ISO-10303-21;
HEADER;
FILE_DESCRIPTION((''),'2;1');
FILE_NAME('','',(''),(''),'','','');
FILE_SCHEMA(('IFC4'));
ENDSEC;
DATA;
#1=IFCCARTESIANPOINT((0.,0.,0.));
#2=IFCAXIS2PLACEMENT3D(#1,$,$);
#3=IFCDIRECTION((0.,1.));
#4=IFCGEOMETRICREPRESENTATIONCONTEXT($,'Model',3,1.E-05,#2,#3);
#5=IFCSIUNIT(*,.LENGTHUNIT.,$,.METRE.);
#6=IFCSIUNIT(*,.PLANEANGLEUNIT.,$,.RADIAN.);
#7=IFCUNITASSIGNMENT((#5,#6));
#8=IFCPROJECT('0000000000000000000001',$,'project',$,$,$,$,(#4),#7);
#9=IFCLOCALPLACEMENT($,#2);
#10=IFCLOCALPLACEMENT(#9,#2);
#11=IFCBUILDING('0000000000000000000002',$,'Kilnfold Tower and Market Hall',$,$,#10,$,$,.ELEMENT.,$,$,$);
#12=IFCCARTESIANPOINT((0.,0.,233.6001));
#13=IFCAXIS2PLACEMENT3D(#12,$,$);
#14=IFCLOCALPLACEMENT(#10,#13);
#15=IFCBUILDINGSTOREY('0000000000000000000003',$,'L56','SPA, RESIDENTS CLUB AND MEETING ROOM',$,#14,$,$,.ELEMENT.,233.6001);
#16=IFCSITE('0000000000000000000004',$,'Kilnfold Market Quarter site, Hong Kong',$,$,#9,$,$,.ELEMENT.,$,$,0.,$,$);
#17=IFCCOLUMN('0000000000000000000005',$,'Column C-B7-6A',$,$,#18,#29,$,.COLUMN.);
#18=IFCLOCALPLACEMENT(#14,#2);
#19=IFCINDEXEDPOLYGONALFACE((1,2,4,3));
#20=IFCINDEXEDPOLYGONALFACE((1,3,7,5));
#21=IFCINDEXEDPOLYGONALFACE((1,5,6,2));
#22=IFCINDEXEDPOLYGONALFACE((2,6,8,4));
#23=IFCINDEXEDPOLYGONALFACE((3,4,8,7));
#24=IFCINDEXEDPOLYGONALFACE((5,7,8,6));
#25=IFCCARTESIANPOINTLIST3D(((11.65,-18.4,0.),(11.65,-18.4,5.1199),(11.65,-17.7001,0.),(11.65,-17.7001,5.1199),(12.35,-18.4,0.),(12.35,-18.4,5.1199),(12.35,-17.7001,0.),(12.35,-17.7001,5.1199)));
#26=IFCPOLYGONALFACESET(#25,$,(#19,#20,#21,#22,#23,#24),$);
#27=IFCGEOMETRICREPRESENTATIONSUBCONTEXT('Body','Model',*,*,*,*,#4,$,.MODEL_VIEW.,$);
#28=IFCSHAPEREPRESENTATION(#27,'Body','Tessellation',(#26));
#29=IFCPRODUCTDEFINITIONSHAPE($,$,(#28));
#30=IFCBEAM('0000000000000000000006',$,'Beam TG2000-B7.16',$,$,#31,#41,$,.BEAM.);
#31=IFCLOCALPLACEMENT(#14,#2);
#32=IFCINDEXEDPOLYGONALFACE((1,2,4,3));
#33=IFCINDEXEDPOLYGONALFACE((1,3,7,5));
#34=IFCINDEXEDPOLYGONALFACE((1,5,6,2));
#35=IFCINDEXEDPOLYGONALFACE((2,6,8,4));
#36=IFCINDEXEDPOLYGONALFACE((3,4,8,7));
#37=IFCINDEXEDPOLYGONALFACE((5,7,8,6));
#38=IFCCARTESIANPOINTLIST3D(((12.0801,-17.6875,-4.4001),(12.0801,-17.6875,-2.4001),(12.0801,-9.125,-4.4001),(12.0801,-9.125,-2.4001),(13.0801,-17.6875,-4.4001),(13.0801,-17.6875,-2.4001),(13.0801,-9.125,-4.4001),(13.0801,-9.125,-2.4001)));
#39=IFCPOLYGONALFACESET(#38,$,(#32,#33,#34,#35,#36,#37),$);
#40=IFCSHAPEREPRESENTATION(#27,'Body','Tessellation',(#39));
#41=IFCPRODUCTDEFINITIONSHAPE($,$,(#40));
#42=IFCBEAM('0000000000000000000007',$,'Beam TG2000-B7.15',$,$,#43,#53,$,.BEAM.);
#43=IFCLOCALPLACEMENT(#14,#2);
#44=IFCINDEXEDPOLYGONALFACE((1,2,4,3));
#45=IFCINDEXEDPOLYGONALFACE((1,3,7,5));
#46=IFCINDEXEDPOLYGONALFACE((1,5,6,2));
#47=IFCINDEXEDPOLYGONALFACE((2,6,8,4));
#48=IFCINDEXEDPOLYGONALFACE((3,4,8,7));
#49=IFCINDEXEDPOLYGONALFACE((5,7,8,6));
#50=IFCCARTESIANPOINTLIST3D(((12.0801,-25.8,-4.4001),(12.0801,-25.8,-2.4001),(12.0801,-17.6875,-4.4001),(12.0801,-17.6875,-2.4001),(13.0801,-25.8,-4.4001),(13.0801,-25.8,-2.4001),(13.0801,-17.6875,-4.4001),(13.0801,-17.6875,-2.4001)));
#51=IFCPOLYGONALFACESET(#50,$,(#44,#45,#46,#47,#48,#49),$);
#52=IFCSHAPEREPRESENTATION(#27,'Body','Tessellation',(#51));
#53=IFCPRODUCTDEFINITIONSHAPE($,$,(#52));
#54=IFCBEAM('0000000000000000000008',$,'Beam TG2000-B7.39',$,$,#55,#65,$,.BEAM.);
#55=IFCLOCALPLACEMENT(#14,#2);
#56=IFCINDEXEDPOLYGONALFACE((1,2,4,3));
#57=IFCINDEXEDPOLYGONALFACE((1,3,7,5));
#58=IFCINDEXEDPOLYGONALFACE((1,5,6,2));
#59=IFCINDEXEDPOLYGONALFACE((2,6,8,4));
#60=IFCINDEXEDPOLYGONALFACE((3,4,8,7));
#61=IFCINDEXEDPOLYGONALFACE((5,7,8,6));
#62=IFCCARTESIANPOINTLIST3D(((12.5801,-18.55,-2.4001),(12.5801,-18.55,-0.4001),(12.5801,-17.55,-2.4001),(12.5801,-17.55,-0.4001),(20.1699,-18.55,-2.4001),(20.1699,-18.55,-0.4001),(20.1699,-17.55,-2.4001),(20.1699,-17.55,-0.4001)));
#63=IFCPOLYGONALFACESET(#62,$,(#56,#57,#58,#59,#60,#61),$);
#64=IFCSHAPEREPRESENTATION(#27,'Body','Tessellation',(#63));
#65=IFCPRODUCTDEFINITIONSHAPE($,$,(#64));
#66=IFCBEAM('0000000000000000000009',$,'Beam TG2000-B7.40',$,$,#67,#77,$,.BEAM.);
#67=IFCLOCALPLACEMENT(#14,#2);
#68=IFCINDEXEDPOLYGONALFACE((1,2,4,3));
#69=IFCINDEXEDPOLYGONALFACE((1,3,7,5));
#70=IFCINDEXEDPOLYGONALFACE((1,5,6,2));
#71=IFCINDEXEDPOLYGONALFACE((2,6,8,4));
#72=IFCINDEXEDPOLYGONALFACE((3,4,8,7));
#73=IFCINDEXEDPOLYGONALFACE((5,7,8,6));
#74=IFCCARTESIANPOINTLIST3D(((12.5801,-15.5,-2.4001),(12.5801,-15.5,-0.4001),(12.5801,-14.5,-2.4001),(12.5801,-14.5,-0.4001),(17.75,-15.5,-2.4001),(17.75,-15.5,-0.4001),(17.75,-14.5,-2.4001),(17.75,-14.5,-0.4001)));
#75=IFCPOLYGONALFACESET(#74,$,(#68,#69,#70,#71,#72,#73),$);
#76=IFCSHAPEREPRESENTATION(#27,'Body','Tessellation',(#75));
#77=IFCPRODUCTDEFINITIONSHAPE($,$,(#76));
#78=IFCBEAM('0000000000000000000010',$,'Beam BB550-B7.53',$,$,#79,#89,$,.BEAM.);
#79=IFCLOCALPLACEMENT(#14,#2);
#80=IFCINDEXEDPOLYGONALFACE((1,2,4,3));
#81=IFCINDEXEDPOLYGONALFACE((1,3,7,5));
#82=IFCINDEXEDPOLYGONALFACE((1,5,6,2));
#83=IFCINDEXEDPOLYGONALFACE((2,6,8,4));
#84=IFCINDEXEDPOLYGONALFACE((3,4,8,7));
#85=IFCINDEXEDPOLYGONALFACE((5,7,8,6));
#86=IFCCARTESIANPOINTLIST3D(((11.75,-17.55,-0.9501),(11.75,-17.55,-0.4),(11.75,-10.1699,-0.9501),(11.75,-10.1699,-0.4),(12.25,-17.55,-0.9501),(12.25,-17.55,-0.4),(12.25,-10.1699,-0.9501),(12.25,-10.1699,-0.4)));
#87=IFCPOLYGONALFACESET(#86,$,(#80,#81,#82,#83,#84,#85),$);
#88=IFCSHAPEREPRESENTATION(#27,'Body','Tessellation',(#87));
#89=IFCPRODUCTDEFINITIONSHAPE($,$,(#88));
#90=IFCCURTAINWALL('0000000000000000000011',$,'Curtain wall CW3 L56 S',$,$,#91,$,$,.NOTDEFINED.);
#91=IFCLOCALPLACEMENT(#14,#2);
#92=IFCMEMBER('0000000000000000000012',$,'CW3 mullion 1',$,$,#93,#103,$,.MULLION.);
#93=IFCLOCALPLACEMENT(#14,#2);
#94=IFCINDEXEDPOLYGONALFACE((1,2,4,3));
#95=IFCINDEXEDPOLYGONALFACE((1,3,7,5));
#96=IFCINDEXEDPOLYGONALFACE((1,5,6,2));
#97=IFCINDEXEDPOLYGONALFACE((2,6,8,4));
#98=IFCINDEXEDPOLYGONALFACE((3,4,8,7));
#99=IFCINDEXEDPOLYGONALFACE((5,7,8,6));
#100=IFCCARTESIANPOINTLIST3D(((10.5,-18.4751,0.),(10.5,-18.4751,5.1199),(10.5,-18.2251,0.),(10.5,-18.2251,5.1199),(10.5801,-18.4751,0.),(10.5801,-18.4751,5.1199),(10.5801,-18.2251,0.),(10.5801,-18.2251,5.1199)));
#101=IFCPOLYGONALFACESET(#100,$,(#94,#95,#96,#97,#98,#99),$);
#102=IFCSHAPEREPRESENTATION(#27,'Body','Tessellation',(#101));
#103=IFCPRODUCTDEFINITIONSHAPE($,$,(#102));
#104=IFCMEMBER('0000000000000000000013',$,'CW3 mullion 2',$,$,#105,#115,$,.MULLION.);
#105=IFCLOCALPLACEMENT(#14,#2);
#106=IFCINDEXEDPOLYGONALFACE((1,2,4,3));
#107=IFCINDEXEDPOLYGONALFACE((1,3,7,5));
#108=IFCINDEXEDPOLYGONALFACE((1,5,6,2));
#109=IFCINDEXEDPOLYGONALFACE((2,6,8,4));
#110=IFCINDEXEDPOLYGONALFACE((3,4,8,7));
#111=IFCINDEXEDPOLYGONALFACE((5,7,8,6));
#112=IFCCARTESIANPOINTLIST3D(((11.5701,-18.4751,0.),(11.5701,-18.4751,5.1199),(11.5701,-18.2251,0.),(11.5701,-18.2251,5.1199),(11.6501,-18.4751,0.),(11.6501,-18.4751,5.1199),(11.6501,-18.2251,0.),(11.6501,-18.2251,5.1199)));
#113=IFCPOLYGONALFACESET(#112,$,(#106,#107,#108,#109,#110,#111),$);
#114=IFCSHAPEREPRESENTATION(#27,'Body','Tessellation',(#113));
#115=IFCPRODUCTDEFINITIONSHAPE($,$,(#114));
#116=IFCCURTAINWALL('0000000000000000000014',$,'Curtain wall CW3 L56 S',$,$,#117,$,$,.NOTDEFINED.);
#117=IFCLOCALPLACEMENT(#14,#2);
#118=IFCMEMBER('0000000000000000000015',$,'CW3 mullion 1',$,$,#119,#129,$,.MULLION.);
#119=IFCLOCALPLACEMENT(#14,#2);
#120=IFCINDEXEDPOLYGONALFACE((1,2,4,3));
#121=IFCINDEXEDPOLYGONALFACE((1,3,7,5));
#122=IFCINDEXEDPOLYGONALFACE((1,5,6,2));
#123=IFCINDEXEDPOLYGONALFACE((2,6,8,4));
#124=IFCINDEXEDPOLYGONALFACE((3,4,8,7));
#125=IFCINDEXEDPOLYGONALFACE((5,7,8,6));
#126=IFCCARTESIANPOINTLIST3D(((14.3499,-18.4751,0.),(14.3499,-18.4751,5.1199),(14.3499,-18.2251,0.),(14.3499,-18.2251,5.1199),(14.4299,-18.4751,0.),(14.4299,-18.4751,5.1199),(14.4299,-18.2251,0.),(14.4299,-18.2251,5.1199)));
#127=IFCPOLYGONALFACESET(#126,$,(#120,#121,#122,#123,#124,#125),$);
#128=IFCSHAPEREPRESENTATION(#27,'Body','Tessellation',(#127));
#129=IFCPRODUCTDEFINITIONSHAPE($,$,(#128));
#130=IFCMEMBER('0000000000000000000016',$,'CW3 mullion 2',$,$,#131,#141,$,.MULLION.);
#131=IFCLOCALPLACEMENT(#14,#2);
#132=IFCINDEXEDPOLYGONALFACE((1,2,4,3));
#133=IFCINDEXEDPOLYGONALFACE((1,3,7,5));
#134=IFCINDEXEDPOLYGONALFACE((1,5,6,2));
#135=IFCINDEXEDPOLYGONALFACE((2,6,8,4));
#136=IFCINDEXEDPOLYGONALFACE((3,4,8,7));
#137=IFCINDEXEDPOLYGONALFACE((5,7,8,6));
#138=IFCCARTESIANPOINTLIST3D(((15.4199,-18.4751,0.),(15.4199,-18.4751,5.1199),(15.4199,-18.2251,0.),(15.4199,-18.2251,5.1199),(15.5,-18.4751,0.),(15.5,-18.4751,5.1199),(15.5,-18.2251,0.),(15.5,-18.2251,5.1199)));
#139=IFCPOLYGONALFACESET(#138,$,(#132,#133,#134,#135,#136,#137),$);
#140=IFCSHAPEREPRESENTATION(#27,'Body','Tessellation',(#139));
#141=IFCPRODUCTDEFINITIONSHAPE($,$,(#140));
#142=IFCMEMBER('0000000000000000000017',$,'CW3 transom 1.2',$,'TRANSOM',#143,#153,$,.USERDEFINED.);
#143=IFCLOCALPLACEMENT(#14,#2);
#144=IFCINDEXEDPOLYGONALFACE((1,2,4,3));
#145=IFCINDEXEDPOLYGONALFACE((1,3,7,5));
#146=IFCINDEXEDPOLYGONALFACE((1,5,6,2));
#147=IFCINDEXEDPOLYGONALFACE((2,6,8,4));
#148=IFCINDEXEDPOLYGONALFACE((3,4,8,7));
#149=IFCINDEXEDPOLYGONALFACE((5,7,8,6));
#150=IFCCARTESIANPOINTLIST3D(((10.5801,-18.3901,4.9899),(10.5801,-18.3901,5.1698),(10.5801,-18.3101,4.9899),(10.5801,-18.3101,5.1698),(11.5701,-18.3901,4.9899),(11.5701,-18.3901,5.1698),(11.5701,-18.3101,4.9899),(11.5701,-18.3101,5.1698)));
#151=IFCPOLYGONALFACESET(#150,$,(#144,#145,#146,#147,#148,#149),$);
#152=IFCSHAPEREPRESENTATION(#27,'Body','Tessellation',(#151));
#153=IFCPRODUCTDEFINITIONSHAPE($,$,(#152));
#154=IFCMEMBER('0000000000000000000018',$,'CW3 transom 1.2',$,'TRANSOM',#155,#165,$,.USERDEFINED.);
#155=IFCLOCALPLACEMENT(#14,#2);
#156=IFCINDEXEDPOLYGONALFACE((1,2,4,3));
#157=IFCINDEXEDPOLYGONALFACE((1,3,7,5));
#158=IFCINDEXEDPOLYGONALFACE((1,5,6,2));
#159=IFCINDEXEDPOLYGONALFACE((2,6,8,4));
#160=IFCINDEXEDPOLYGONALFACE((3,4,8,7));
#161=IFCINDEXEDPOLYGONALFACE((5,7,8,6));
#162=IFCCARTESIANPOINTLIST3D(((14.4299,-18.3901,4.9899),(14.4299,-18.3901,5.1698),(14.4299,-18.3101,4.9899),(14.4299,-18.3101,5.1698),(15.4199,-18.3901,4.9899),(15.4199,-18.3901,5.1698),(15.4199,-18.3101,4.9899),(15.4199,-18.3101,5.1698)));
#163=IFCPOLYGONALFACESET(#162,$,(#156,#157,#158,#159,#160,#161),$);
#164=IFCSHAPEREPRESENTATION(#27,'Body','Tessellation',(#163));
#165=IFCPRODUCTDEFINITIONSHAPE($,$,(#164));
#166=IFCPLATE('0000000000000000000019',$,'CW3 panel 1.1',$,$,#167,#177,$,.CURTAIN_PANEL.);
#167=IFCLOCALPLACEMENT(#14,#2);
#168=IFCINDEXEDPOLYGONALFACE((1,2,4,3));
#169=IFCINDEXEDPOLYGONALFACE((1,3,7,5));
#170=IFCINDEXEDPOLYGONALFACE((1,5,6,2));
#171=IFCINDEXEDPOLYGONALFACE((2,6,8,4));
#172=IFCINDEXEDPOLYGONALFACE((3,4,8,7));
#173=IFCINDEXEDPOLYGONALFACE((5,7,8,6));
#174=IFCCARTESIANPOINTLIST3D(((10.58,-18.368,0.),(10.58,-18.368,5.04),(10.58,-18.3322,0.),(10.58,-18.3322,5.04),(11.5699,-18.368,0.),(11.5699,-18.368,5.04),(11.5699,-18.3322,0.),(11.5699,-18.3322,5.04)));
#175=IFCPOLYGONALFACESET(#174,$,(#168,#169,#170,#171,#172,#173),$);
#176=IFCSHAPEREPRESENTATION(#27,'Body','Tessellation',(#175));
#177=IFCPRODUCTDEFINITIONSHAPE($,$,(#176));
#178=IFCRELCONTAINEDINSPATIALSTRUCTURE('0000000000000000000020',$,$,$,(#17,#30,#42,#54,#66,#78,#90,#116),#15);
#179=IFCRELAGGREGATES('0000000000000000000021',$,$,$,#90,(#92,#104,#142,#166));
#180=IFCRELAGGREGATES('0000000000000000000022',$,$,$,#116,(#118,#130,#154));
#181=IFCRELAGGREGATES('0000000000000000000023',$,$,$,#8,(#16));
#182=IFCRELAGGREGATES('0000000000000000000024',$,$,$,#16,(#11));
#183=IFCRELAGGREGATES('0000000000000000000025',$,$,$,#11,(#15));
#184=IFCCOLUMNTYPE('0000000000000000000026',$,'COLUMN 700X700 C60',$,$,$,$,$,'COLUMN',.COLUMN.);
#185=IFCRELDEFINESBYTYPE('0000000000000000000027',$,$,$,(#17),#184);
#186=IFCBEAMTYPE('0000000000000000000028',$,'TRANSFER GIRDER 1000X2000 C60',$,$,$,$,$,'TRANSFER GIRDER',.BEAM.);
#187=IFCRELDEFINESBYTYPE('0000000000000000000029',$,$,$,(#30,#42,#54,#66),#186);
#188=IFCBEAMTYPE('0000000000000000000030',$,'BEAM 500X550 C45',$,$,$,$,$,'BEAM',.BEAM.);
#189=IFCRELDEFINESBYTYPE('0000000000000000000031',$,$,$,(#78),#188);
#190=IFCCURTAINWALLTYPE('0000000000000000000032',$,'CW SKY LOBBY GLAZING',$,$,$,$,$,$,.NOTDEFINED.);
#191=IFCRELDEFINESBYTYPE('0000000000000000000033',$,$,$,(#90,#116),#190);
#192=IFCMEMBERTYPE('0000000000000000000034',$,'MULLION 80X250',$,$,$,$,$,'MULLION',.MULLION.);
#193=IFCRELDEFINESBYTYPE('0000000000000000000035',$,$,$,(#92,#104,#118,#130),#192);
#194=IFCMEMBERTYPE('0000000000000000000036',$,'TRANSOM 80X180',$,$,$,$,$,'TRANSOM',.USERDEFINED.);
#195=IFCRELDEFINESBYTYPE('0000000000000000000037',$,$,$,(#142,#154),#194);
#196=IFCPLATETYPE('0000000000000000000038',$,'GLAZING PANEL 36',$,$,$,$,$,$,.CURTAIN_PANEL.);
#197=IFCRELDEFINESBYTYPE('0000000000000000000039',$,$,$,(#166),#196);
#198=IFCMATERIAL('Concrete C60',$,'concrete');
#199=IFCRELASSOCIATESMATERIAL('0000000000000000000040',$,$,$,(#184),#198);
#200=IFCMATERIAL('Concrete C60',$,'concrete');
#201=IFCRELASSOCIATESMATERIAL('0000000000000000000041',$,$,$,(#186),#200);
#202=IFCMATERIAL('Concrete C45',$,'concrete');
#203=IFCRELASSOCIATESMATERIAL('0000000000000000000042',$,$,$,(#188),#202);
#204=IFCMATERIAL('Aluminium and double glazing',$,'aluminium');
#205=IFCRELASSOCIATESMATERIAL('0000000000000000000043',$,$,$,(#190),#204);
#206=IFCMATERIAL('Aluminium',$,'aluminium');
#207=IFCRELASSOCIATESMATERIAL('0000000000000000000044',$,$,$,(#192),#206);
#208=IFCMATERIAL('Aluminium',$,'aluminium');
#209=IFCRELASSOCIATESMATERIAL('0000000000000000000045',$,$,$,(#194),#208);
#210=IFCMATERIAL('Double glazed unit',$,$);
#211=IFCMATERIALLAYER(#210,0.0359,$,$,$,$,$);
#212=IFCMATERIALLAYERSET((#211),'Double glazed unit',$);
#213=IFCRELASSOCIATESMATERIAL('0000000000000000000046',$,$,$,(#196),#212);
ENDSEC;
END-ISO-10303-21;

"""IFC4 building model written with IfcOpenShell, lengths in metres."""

from ifc_helpers import new_model, si_unit, direction, frame, origin, origin_2d, place, context, subcontext, project, spatial, rectangle, extrude, source, transform, mapped, material, layer, layer_set, material_profile, profile_set, type_object, element, aggregate, save


model = new_model("IFC4")

# Units and contexts
model_context = context("Model", 3, precision=1e-05, world=origin(), true_north=direction((0.0, 1.0)))
body_context = subcontext(model_context, "Body", "Model", "MODEL_VIEW")
ifc_project = project(units=[si_unit("LENGTHUNIT", "METRE"), si_unit("PLANEANGLEUNIT", "RADIAN")], contexts=[model_context])

# Site, building, storey
site_placement = place(None, origin())
site = spatial("IfcSite", under=ifc_project, at=site_placement, Name="Kilnfold Market Quarter site, Hong Kong", CompositionType="ELEMENT", RefElevation=0.0)
building_placement = place(site_placement, origin())
building = spatial("IfcBuilding", under=site, at=building_placement, Name="Kilnfold Tower and Market Hall", CompositionType="ELEMENT")
storey_placement = place(building_placement, frame((0.0, 0.0, 233.6001)))
storey = spatial("IfcBuildingStorey", under=building, at=storey_placement, Name="L56", Description="SPA, RESIDENTS CLUB AND MEETING ROOM", CompositionType="ELEMENT", Elevation=233.6001)

# Column
ifc_material_1 = material(Name="Concrete C60", Category="concrete")
ifc_material_profile_1 = material_profile(ifc_material_1, rectangle(XDim=0.7, YDim=0.7, at=origin_2d()), Name="RC 700x700")
ifc_profile_set_1 = profile_set([ifc_material_profile_1], Name="Concrete C60")
column_type = type_object("IfcColumnType", Name="COLUMN 700X700 C60", ElementType="COLUMN", PredefinedType="COLUMN", material=ifc_profile_set_1)
shared_shape_1 = source(origin(), body_context, "Body", "SweptSolid", [
    extrude(rectangle(XDim=0.7, YDim=0.7, at=origin_2d()), origin(), (0.0, 0.0, 1.0), 5.1199),
])
column_placement = place(storey_placement, frame((12.0, -18.05, 0.0), z_axis=(0.0, 0.0, 1.0), x_axis=(1.0, 0.0, 0.0)))
element("IfcColumn", 1, at=column_placement, inside=storey, type_object=column_type, Name="Column C-B7-6A", PredefinedType="COLUMN", context=body_context, shape_type="MappedRepresentation", body=[
    mapped(shared_shape_1, transform((0.0, 0.0, 0.0))),
])

# Beams
ifc_material_2 = material(Name="Concrete C60", Category="concrete")
ifc_material_profile_2 = material_profile(ifc_material_2, rectangle(XDim=1.0, YDim=2.0, at=origin_2d()), Name="RC 1000x2000")
ifc_profile_set_2 = profile_set([ifc_material_profile_2], Name="Concrete C60")
beam_type_1 = type_object("IfcBeamType", Name="TRANSFER GIRDER 1000X2000 C60", ElementType="TRANSFER GIRDER", PredefinedType="BEAM", material=ifc_profile_set_2)
shared_shape_2 = source(origin(), body_context, "Body", "SweptSolid", [
    extrude(rectangle(XDim=1.0, YDim=2.0, at=origin_2d()), origin(), (0.0, 0.0, 1.0), 8.5625),
])
beam_1_placement = place(storey_placement, frame((12.5801, -17.6875, -3.4001), z_axis=(0.0, 1.0, 0.0), x_axis=(-1.0, 0.0, 0.0)))
element("IfcBeam", 2, at=beam_1_placement, inside=storey, type_object=beam_type_1, Name="Beam TG2000-B7.16", PredefinedType="BEAM", context=body_context, shape_type="MappedRepresentation", body=[
    mapped(shared_shape_2, transform((0.0, 0.0, 0.0))),
])
shared_shape_3 = source(origin(), body_context, "Body", "SweptSolid", [
    extrude(rectangle(XDim=1.0, YDim=2.0, at=origin_2d()), origin(), (0.0, 0.0, 1.0), 8.1125),
])
beam_2_placement = place(storey_placement, frame((12.5801, -25.8, -3.4001), z_axis=(0.0, 1.0, 0.0), x_axis=(-1.0, 0.0, 0.0)))
element("IfcBeam", 3, at=beam_2_placement, inside=storey, type_object=beam_type_1, Name="Beam TG2000-B7.15", PredefinedType="BEAM", context=body_context, shape_type="MappedRepresentation", body=[
    mapped(shared_shape_3, transform((0.0, 0.0, 0.0))),
])
shared_shape_4 = source(origin(), body_context, "Body", "SweptSolid", [
    extrude(rectangle(XDim=1.0, YDim=2.0, at=origin_2d()), origin(), (0.0, 0.0, 1.0), 7.5898),
])
beam_3_placement = place(storey_placement, frame((12.5801, -18.05, -1.4001), z_axis=(1.0, 0.0, 0.0), x_axis=(0.0, 1.0, 0.0)))
element("IfcBeam", 4, at=beam_3_placement, inside=storey, type_object=beam_type_1, Name="Beam TG2000-B7.39", PredefinedType="BEAM", context=body_context, shape_type="MappedRepresentation", body=[
    mapped(shared_shape_4, transform((0.0, 0.0, 0.0))),
])
shared_shape_5 = source(origin(), body_context, "Body", "SweptSolid", [
    extrude(rectangle(XDim=1.0, YDim=2.0, at=origin_2d()), origin(), (0.0, 0.0, 1.0), 5.1699),
])
beam_4_placement = place(storey_placement, frame((12.5801, -15.0, -1.4001), z_axis=(1.0, 0.0, 0.0), x_axis=(0.0, 1.0, 0.0)))
element("IfcBeam", 5, at=beam_4_placement, inside=storey, type_object=beam_type_1, Name="Beam TG2000-B7.40", PredefinedType="BEAM", context=body_context, shape_type="MappedRepresentation", body=[
    mapped(shared_shape_5, transform((0.0, 0.0, 0.0))),
])
ifc_material_3 = material(Name="Concrete C45", Category="concrete")
ifc_material_profile_3 = material_profile(ifc_material_3, rectangle(XDim=0.5, YDim=0.55, at=origin_2d()), Name="RC 500x550")
ifc_profile_set_3 = profile_set([ifc_material_profile_3], Name="Concrete C45")
beam_type_2 = type_object("IfcBeamType", Name="BEAM 500X550 C45", ElementType="BEAM", PredefinedType="BEAM", material=ifc_profile_set_3)
shared_shape_6 = source(origin(), body_context, "Body", "SweptSolid", [
    extrude(rectangle(XDim=0.5, YDim=0.55, at=origin_2d()), origin(), (0.0, 0.0, 1.0), 7.3801),
])
beam_5_placement = place(storey_placement, frame((12.0, -17.55, -0.675), z_axis=(0.0, 1.0, 0.0), x_axis=(-1.0, 0.0, 0.0)))
element("IfcBeam", 6, at=beam_5_placement, inside=storey, type_object=beam_type_2, Name="Beam BB550-B7.53", PredefinedType="BEAM", context=body_context, shape_type="MappedRepresentation", body=[
    mapped(shared_shape_6, transform((0.0, 0.0, 0.0))),
])

# Curtain walls, members
ifc_material_4 = material(Name="Aluminium and double glazing", Category="aluminium")
curtain_wall_type = type_object("IfcCurtainWallType", Name="CW SKY LOBBY GLAZING", PredefinedType="NOTDEFINED", material=ifc_material_4)
curtain_wall_1_placement = place(storey_placement, origin())
curtain_wall_1 = element("IfcCurtainWall", 7, at=curtain_wall_1_placement, inside=storey, type_object=curtain_wall_type, Name="Curtain wall CW3 L56 S", PredefinedType="NOTDEFINED")
ifc_material_5 = material(Name="Aluminium", Category="aluminium")
ifc_material_profile_4 = material_profile(ifc_material_5, rectangle(XDim=0.0801, YDim=0.25, at=origin_2d()), Name="MULLION 80x250")
ifc_profile_set_4 = profile_set([ifc_material_profile_4], Name="Aluminium")
member_type_1 = type_object("IfcMemberType", Name="MULLION 80X250", ElementType="MULLION", PredefinedType="MULLION", material=ifc_profile_set_4)
shared_shape_7 = source(origin(), body_context, "Body", "SweptSolid", [
    extrude(rectangle(XDim=0.0801, YDim=0.25, at=origin_2d()), origin(), (0.0, 0.0, 1.0), 5.1199),
])
member_1_placement = place(storey_placement, frame((10.54, -18.3501, 0.0), z_axis=(0.0, 0.0, 1.0), x_axis=(1.0, 0.0, 0.0)))
member_1 = element("IfcMember", 8, at=member_1_placement, type_object=member_type_1, Name="CW3 mullion 1", PredefinedType="MULLION", context=body_context, shape_type="MappedRepresentation", body=[
    mapped(shared_shape_7, transform((0.0, 0.0, 0.0))),
])
member_2_placement = place(storey_placement, frame((11.6101, -18.3501, 0.0), z_axis=(0.0, 0.0, 1.0), x_axis=(1.0, 0.0, 0.0)))
member_2 = element("IfcMember", 9, at=member_2_placement, type_object=member_type_1, Name="CW3 mullion 2", PredefinedType="MULLION", context=body_context, shape_type="MappedRepresentation", body=[
    mapped(shared_shape_7, transform((0.0, 0.0, 0.0))),
])
curtain_wall_2_placement = place(storey_placement, origin())
curtain_wall_2 = element("IfcCurtainWall", 10, at=curtain_wall_2_placement, inside=storey, type_object=curtain_wall_type, Name="Curtain wall CW3 L56 S", PredefinedType="NOTDEFINED")
member_3_placement = place(storey_placement, frame((14.3899, -18.3501, 0.0), z_axis=(0.0, 0.0, 1.0), x_axis=(1.0, 0.0, 0.0)))
member_3 = element("IfcMember", 11, at=member_3_placement, type_object=member_type_1, Name="CW3 mullion 1", PredefinedType="MULLION", context=body_context, shape_type="MappedRepresentation", body=[
    mapped(shared_shape_7, transform((0.0, 0.0, 0.0))),
])
member_4_placement = place(storey_placement, frame((15.46, -18.3501, 0.0), z_axis=(0.0, 0.0, 1.0), x_axis=(1.0, 0.0, 0.0)))
member_4 = element("IfcMember", 12, at=member_4_placement, type_object=member_type_1, Name="CW3 mullion 2", PredefinedType="MULLION", context=body_context, shape_type="MappedRepresentation", body=[
    mapped(shared_shape_7, transform((0.0, 0.0, 0.0))),
])

# Members
ifc_material_6 = material(Name="Aluminium", Category="aluminium")
ifc_material_profile_5 = material_profile(ifc_material_6, rectangle(XDim=0.0801, YDim=0.1799, at=origin_2d()), Name="TRANSOM 80x180")
ifc_profile_set_5 = profile_set([ifc_material_profile_5], Name="Aluminium")
member_type_2 = type_object("IfcMemberType", Name="TRANSOM 80X180", ElementType="TRANSOM", PredefinedType="USERDEFINED", material=ifc_profile_set_5)
shared_shape_8 = source(origin(), body_context, "Body", "SweptSolid", [
    extrude(rectangle(XDim=0.0801, YDim=0.1799, at=origin_2d()), origin(), (0.0, 0.0, 1.0), 0.99),
])
member_5_placement = place(storey_placement, frame((10.5801, -18.3501, 5.0798), z_axis=(1.0, 0.0, 0.0), x_axis=(0.0, 1.0, 0.0)))
member_5 = element("IfcMember", 13, at=member_5_placement, type_object=member_type_2, Name="CW3 transom 1.2", ObjectType="TRANSOM", PredefinedType="USERDEFINED", context=body_context, shape_type="MappedRepresentation", body=[
    mapped(shared_shape_8, transform((0.0, 0.0, 0.0))),
])
member_6_placement = place(storey_placement, frame((14.4299, -18.3501, 5.0798), z_axis=(1.0, 0.0, 0.0), x_axis=(0.0, 1.0, 0.0)))
member_6 = element("IfcMember", 14, at=member_6_placement, type_object=member_type_2, Name="CW3 transom 1.2", ObjectType="TRANSOM", PredefinedType="USERDEFINED", context=body_context, shape_type="MappedRepresentation", body=[
    mapped(shared_shape_8, transform((0.0, 0.0, 0.0))),
])

# Plate
ifc_material_7 = material(Name="Double glazed unit")
ifc_layer_1 = layer(ifc_material_7, 0.0359)
ifc_layer_set_1 = layer_set([ifc_layer_1], Name="Double glazed unit")
plate_type = type_object("IfcPlateType", Name="GLAZING PANEL 36", PredefinedType="CURTAIN_PANEL", material=ifc_layer_set_1)
shared_shape_9 = source(origin(), body_context, "Body", "SweptSolid", [
    extrude(rectangle(XDim=0.99, YDim=0.0359, at=origin_2d()), origin(), (0.0, 0.0, 1.0), 5.04),
])
plate_1_placement = place(storey_placement, frame((11.075, -18.3501, 0.0), z_axis=(0.0, 0.0, 1.0), x_axis=(1.0, 0.0, 0.0)))
plate_1 = element("IfcPlate", 15, at=plate_1_placement, type_object=plate_type, Name="CW3 panel 1.1", PredefinedType="CURTAIN_PANEL", context=body_context, shape_type="MappedRepresentation", body=[
    mapped(shared_shape_9, transform((0.0, 0.0, 0.0))),
])
aggregate(curtain_wall_1, [member_1, member_2, member_5, plate_1])
aggregate(curtain_wall_2, [member_3, member_4, member_6])

save(model, "model.ifc")
